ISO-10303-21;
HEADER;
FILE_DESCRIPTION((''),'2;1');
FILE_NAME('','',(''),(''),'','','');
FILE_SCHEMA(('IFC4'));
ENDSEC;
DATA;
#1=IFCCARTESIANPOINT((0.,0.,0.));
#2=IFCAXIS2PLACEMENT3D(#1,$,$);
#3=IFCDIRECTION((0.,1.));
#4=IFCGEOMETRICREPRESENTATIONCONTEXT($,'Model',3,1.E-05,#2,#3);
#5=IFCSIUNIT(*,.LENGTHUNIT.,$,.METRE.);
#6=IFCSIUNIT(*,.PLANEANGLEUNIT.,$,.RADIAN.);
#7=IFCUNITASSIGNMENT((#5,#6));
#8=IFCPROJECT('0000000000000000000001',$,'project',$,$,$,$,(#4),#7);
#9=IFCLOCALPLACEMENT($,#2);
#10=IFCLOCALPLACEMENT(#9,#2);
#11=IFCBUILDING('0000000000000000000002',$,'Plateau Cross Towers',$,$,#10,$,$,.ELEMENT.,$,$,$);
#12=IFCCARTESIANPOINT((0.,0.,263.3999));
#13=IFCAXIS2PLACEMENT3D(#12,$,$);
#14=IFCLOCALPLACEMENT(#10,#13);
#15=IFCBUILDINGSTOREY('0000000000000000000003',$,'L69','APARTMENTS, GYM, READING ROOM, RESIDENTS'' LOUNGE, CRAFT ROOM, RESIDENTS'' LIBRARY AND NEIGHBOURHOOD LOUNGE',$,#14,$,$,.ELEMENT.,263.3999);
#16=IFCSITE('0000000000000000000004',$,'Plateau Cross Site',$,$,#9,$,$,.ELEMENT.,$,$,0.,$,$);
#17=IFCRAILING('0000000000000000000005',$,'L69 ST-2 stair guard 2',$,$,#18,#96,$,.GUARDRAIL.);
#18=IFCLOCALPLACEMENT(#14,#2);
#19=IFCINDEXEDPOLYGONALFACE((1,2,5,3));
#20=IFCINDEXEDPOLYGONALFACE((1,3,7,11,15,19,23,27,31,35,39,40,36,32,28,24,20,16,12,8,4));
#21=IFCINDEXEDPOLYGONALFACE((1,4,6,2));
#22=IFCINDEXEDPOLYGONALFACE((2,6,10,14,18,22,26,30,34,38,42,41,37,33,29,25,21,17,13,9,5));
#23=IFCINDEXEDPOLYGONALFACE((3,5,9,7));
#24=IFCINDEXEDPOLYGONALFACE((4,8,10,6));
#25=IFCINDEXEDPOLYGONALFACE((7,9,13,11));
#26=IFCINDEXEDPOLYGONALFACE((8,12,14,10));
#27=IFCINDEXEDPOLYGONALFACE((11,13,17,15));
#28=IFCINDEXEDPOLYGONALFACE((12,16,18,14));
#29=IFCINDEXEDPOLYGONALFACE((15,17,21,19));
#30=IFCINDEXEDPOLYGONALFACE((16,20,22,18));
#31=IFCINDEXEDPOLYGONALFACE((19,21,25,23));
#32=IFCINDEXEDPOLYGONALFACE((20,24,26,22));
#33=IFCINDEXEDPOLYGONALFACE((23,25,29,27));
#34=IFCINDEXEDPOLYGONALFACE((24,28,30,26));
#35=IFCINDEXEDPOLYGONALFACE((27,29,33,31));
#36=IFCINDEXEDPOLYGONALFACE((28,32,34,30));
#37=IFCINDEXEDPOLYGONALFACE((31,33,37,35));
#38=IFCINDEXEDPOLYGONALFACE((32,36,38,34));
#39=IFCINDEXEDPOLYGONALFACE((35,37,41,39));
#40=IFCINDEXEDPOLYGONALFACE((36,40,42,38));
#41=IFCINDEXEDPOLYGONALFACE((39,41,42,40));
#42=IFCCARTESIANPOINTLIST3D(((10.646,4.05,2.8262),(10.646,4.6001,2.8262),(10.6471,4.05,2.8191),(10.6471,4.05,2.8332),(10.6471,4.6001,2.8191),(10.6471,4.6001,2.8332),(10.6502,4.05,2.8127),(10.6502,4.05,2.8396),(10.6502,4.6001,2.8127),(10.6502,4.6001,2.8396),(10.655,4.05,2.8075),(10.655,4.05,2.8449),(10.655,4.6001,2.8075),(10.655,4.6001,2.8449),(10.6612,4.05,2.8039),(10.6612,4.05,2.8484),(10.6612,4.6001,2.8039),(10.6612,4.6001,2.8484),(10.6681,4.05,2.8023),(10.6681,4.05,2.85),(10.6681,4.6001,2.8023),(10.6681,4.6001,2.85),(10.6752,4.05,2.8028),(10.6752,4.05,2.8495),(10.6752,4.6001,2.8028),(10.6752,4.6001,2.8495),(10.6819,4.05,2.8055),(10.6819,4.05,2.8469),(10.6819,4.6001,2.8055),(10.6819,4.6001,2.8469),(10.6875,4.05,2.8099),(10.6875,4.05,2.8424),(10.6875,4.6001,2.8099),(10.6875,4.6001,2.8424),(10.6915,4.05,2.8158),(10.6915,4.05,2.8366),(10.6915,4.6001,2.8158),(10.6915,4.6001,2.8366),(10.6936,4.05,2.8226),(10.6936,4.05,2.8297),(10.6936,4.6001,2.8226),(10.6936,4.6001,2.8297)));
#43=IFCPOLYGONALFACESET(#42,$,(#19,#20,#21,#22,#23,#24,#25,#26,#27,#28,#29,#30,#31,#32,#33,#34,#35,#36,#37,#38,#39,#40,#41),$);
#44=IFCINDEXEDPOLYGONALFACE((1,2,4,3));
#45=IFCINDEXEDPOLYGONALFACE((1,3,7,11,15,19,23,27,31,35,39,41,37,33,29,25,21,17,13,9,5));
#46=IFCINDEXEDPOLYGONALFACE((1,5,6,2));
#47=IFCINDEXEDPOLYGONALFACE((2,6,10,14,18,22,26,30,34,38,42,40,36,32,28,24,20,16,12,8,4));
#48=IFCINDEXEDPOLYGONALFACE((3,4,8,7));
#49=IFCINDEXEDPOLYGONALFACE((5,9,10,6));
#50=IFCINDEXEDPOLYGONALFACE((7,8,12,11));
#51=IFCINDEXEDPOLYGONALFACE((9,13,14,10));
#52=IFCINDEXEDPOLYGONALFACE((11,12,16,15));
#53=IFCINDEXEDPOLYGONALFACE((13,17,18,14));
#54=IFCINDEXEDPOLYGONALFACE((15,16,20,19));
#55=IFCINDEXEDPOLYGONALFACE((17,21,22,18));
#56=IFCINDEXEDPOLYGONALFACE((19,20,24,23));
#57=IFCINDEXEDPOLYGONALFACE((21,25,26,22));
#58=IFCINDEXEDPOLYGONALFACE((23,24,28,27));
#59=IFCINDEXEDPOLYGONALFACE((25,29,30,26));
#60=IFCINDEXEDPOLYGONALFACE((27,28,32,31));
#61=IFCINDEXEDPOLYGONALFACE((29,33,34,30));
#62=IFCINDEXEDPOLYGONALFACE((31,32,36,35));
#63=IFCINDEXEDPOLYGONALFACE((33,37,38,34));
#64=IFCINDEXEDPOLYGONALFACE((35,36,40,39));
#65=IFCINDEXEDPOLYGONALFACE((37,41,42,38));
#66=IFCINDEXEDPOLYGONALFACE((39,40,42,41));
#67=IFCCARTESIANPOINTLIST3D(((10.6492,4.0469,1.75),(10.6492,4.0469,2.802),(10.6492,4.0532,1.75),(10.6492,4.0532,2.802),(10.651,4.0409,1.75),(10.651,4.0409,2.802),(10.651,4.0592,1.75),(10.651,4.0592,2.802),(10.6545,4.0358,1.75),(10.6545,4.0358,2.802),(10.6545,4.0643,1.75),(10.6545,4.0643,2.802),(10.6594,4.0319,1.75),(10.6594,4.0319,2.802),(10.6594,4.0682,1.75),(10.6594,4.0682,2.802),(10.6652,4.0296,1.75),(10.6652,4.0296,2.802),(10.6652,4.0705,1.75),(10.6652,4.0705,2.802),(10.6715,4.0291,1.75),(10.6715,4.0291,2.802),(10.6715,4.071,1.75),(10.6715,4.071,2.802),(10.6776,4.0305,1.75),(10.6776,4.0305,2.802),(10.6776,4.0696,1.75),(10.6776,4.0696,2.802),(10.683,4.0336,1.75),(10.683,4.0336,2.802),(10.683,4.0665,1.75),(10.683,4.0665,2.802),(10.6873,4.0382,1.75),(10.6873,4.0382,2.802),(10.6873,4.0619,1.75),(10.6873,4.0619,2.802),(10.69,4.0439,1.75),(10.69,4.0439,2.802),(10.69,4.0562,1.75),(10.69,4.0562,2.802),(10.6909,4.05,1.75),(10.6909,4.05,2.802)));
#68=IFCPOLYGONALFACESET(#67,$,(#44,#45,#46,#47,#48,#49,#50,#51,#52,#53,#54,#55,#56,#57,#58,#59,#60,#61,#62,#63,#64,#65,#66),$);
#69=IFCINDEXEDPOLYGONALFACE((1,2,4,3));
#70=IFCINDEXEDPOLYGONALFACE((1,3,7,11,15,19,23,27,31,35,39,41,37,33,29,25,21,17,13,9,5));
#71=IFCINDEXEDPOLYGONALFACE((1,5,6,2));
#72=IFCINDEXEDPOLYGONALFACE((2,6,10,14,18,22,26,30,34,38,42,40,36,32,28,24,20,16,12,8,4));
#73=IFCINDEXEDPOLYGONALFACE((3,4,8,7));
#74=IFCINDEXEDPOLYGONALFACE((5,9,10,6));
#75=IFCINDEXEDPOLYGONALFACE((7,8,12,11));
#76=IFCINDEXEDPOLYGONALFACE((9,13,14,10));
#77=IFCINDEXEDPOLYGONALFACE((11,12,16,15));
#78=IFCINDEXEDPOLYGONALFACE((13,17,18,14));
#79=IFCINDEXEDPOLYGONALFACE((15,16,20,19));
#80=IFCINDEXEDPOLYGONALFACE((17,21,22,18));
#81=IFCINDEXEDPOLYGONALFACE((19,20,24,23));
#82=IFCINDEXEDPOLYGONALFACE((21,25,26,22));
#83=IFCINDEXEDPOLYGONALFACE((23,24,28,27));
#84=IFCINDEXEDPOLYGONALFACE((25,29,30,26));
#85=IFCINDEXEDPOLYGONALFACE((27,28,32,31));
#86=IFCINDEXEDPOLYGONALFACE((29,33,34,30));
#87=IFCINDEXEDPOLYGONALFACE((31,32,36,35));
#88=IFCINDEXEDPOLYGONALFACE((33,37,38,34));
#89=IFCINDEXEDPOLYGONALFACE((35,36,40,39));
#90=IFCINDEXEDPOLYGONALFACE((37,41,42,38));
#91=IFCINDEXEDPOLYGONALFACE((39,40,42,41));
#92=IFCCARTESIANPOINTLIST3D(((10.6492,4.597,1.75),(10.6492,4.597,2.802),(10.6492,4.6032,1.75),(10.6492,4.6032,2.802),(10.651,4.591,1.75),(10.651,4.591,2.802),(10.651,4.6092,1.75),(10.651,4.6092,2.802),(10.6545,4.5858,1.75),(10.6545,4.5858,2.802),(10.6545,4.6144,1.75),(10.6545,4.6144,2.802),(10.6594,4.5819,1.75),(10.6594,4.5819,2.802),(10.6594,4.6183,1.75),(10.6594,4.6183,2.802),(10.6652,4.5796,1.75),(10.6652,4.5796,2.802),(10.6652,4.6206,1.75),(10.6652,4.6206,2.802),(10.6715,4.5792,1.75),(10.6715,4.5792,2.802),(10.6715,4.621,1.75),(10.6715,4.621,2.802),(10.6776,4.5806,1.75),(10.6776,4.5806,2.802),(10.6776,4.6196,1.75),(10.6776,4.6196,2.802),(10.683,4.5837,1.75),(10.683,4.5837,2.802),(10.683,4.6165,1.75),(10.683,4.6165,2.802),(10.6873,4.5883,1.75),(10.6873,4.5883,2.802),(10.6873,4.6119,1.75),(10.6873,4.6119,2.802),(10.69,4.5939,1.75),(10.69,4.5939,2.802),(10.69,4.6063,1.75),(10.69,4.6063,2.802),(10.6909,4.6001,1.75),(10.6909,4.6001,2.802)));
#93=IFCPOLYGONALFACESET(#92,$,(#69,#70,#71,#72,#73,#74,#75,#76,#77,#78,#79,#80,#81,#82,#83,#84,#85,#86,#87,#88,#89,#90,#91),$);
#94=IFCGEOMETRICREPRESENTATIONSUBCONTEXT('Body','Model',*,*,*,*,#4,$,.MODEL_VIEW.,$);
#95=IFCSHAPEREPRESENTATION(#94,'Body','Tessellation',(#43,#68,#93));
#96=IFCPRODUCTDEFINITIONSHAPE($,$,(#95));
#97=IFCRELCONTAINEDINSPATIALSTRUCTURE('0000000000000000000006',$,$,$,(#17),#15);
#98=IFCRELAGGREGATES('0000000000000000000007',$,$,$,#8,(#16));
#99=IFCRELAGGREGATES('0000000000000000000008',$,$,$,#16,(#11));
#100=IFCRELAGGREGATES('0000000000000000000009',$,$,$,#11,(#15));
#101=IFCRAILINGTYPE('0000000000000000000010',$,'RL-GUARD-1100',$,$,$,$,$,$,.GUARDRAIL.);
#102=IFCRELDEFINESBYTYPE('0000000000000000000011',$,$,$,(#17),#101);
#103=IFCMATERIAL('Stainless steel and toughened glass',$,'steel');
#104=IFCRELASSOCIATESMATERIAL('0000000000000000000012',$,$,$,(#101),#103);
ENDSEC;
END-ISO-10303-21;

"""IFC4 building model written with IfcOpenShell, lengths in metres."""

from ifc_helpers import new_model, si_unit, direction, frame, origin, origin_2d, place, context, subcontext, project, spatial, circle, extrude, material, type_object, element, save


model = new_model("IFC4")

# Units and contexts
model_context = context("Model", 3, precision=1e-05, world=origin(), true_north=direction((0.0, 1.0)))
body_context = subcontext(model_context, "Body", "Model", "MODEL_VIEW")
ifc_project = project(units=[si_unit("LENGTHUNIT", "METRE"), si_unit("PLANEANGLEUNIT", "RADIAN")], contexts=[model_context])

# Site, building, storey
site_placement = place(None, origin())
site = spatial("IfcSite", under=ifc_project, at=site_placement, Name="Plateau Cross Site", CompositionType="ELEMENT", RefElevation=0.0)
building_placement = place(site_placement, origin())
building = spatial("IfcBuilding", under=site, at=building_placement, Name="Plateau Cross Towers", CompositionType="ELEMENT")
storey_placement = place(building_placement, frame((0.0, 0.0, 263.3999)))
storey = spatial("IfcBuildingStorey", under=building, at=storey_placement, Name="L69", Description="APARTMENTS, GYM, READING ROOM, RESIDENTS' LOUNGE, CRAFT ROOM, RESIDENTS' LIBRARY AND NEIGHBOURHOOD LOUNGE", CompositionType="ELEMENT", Elevation=263.3999)

# Railing
ifc_material_1 = material(Name="Stainless steel and toughened glass", Category="steel")
railing_type_1 = type_object("IfcRailingType", Name="RL-GUARD-1100", PredefinedType="GUARDRAIL", material=ifc_material_1)
railing_1_placement = place(storey_placement, frame((10.6699, 4.05, 1.75)))
element("IfcRailing", 1, at=railing_1_placement, inside=storey, type_object=railing_type_1, Name="L69 ST-2 stair guard 2", PredefinedType="GUARDRAIL", context=body_context, shape_type="SweptSolid", body=[
    extrude(circle(Radius=0.0239, at=origin_2d()), frame((0.0, 0.0, 1.0762), z_axis=(0.0, 1.0, 0.0), x_axis=(-1.0, 0.0, 0.0)), (0.0, 0.0, 1.0), 0.55),
    extrude(circle(Radius=0.021, at=origin_2d()), origin(), (0.0, 0.0, 1.0), 1.052),
    extrude(circle(Radius=0.021, at=origin_2d()), frame((0.0, 0.55, 0.0)), (0.0, 0.0, 1.0), 1.052),
])

save(model, "model.ifc")
